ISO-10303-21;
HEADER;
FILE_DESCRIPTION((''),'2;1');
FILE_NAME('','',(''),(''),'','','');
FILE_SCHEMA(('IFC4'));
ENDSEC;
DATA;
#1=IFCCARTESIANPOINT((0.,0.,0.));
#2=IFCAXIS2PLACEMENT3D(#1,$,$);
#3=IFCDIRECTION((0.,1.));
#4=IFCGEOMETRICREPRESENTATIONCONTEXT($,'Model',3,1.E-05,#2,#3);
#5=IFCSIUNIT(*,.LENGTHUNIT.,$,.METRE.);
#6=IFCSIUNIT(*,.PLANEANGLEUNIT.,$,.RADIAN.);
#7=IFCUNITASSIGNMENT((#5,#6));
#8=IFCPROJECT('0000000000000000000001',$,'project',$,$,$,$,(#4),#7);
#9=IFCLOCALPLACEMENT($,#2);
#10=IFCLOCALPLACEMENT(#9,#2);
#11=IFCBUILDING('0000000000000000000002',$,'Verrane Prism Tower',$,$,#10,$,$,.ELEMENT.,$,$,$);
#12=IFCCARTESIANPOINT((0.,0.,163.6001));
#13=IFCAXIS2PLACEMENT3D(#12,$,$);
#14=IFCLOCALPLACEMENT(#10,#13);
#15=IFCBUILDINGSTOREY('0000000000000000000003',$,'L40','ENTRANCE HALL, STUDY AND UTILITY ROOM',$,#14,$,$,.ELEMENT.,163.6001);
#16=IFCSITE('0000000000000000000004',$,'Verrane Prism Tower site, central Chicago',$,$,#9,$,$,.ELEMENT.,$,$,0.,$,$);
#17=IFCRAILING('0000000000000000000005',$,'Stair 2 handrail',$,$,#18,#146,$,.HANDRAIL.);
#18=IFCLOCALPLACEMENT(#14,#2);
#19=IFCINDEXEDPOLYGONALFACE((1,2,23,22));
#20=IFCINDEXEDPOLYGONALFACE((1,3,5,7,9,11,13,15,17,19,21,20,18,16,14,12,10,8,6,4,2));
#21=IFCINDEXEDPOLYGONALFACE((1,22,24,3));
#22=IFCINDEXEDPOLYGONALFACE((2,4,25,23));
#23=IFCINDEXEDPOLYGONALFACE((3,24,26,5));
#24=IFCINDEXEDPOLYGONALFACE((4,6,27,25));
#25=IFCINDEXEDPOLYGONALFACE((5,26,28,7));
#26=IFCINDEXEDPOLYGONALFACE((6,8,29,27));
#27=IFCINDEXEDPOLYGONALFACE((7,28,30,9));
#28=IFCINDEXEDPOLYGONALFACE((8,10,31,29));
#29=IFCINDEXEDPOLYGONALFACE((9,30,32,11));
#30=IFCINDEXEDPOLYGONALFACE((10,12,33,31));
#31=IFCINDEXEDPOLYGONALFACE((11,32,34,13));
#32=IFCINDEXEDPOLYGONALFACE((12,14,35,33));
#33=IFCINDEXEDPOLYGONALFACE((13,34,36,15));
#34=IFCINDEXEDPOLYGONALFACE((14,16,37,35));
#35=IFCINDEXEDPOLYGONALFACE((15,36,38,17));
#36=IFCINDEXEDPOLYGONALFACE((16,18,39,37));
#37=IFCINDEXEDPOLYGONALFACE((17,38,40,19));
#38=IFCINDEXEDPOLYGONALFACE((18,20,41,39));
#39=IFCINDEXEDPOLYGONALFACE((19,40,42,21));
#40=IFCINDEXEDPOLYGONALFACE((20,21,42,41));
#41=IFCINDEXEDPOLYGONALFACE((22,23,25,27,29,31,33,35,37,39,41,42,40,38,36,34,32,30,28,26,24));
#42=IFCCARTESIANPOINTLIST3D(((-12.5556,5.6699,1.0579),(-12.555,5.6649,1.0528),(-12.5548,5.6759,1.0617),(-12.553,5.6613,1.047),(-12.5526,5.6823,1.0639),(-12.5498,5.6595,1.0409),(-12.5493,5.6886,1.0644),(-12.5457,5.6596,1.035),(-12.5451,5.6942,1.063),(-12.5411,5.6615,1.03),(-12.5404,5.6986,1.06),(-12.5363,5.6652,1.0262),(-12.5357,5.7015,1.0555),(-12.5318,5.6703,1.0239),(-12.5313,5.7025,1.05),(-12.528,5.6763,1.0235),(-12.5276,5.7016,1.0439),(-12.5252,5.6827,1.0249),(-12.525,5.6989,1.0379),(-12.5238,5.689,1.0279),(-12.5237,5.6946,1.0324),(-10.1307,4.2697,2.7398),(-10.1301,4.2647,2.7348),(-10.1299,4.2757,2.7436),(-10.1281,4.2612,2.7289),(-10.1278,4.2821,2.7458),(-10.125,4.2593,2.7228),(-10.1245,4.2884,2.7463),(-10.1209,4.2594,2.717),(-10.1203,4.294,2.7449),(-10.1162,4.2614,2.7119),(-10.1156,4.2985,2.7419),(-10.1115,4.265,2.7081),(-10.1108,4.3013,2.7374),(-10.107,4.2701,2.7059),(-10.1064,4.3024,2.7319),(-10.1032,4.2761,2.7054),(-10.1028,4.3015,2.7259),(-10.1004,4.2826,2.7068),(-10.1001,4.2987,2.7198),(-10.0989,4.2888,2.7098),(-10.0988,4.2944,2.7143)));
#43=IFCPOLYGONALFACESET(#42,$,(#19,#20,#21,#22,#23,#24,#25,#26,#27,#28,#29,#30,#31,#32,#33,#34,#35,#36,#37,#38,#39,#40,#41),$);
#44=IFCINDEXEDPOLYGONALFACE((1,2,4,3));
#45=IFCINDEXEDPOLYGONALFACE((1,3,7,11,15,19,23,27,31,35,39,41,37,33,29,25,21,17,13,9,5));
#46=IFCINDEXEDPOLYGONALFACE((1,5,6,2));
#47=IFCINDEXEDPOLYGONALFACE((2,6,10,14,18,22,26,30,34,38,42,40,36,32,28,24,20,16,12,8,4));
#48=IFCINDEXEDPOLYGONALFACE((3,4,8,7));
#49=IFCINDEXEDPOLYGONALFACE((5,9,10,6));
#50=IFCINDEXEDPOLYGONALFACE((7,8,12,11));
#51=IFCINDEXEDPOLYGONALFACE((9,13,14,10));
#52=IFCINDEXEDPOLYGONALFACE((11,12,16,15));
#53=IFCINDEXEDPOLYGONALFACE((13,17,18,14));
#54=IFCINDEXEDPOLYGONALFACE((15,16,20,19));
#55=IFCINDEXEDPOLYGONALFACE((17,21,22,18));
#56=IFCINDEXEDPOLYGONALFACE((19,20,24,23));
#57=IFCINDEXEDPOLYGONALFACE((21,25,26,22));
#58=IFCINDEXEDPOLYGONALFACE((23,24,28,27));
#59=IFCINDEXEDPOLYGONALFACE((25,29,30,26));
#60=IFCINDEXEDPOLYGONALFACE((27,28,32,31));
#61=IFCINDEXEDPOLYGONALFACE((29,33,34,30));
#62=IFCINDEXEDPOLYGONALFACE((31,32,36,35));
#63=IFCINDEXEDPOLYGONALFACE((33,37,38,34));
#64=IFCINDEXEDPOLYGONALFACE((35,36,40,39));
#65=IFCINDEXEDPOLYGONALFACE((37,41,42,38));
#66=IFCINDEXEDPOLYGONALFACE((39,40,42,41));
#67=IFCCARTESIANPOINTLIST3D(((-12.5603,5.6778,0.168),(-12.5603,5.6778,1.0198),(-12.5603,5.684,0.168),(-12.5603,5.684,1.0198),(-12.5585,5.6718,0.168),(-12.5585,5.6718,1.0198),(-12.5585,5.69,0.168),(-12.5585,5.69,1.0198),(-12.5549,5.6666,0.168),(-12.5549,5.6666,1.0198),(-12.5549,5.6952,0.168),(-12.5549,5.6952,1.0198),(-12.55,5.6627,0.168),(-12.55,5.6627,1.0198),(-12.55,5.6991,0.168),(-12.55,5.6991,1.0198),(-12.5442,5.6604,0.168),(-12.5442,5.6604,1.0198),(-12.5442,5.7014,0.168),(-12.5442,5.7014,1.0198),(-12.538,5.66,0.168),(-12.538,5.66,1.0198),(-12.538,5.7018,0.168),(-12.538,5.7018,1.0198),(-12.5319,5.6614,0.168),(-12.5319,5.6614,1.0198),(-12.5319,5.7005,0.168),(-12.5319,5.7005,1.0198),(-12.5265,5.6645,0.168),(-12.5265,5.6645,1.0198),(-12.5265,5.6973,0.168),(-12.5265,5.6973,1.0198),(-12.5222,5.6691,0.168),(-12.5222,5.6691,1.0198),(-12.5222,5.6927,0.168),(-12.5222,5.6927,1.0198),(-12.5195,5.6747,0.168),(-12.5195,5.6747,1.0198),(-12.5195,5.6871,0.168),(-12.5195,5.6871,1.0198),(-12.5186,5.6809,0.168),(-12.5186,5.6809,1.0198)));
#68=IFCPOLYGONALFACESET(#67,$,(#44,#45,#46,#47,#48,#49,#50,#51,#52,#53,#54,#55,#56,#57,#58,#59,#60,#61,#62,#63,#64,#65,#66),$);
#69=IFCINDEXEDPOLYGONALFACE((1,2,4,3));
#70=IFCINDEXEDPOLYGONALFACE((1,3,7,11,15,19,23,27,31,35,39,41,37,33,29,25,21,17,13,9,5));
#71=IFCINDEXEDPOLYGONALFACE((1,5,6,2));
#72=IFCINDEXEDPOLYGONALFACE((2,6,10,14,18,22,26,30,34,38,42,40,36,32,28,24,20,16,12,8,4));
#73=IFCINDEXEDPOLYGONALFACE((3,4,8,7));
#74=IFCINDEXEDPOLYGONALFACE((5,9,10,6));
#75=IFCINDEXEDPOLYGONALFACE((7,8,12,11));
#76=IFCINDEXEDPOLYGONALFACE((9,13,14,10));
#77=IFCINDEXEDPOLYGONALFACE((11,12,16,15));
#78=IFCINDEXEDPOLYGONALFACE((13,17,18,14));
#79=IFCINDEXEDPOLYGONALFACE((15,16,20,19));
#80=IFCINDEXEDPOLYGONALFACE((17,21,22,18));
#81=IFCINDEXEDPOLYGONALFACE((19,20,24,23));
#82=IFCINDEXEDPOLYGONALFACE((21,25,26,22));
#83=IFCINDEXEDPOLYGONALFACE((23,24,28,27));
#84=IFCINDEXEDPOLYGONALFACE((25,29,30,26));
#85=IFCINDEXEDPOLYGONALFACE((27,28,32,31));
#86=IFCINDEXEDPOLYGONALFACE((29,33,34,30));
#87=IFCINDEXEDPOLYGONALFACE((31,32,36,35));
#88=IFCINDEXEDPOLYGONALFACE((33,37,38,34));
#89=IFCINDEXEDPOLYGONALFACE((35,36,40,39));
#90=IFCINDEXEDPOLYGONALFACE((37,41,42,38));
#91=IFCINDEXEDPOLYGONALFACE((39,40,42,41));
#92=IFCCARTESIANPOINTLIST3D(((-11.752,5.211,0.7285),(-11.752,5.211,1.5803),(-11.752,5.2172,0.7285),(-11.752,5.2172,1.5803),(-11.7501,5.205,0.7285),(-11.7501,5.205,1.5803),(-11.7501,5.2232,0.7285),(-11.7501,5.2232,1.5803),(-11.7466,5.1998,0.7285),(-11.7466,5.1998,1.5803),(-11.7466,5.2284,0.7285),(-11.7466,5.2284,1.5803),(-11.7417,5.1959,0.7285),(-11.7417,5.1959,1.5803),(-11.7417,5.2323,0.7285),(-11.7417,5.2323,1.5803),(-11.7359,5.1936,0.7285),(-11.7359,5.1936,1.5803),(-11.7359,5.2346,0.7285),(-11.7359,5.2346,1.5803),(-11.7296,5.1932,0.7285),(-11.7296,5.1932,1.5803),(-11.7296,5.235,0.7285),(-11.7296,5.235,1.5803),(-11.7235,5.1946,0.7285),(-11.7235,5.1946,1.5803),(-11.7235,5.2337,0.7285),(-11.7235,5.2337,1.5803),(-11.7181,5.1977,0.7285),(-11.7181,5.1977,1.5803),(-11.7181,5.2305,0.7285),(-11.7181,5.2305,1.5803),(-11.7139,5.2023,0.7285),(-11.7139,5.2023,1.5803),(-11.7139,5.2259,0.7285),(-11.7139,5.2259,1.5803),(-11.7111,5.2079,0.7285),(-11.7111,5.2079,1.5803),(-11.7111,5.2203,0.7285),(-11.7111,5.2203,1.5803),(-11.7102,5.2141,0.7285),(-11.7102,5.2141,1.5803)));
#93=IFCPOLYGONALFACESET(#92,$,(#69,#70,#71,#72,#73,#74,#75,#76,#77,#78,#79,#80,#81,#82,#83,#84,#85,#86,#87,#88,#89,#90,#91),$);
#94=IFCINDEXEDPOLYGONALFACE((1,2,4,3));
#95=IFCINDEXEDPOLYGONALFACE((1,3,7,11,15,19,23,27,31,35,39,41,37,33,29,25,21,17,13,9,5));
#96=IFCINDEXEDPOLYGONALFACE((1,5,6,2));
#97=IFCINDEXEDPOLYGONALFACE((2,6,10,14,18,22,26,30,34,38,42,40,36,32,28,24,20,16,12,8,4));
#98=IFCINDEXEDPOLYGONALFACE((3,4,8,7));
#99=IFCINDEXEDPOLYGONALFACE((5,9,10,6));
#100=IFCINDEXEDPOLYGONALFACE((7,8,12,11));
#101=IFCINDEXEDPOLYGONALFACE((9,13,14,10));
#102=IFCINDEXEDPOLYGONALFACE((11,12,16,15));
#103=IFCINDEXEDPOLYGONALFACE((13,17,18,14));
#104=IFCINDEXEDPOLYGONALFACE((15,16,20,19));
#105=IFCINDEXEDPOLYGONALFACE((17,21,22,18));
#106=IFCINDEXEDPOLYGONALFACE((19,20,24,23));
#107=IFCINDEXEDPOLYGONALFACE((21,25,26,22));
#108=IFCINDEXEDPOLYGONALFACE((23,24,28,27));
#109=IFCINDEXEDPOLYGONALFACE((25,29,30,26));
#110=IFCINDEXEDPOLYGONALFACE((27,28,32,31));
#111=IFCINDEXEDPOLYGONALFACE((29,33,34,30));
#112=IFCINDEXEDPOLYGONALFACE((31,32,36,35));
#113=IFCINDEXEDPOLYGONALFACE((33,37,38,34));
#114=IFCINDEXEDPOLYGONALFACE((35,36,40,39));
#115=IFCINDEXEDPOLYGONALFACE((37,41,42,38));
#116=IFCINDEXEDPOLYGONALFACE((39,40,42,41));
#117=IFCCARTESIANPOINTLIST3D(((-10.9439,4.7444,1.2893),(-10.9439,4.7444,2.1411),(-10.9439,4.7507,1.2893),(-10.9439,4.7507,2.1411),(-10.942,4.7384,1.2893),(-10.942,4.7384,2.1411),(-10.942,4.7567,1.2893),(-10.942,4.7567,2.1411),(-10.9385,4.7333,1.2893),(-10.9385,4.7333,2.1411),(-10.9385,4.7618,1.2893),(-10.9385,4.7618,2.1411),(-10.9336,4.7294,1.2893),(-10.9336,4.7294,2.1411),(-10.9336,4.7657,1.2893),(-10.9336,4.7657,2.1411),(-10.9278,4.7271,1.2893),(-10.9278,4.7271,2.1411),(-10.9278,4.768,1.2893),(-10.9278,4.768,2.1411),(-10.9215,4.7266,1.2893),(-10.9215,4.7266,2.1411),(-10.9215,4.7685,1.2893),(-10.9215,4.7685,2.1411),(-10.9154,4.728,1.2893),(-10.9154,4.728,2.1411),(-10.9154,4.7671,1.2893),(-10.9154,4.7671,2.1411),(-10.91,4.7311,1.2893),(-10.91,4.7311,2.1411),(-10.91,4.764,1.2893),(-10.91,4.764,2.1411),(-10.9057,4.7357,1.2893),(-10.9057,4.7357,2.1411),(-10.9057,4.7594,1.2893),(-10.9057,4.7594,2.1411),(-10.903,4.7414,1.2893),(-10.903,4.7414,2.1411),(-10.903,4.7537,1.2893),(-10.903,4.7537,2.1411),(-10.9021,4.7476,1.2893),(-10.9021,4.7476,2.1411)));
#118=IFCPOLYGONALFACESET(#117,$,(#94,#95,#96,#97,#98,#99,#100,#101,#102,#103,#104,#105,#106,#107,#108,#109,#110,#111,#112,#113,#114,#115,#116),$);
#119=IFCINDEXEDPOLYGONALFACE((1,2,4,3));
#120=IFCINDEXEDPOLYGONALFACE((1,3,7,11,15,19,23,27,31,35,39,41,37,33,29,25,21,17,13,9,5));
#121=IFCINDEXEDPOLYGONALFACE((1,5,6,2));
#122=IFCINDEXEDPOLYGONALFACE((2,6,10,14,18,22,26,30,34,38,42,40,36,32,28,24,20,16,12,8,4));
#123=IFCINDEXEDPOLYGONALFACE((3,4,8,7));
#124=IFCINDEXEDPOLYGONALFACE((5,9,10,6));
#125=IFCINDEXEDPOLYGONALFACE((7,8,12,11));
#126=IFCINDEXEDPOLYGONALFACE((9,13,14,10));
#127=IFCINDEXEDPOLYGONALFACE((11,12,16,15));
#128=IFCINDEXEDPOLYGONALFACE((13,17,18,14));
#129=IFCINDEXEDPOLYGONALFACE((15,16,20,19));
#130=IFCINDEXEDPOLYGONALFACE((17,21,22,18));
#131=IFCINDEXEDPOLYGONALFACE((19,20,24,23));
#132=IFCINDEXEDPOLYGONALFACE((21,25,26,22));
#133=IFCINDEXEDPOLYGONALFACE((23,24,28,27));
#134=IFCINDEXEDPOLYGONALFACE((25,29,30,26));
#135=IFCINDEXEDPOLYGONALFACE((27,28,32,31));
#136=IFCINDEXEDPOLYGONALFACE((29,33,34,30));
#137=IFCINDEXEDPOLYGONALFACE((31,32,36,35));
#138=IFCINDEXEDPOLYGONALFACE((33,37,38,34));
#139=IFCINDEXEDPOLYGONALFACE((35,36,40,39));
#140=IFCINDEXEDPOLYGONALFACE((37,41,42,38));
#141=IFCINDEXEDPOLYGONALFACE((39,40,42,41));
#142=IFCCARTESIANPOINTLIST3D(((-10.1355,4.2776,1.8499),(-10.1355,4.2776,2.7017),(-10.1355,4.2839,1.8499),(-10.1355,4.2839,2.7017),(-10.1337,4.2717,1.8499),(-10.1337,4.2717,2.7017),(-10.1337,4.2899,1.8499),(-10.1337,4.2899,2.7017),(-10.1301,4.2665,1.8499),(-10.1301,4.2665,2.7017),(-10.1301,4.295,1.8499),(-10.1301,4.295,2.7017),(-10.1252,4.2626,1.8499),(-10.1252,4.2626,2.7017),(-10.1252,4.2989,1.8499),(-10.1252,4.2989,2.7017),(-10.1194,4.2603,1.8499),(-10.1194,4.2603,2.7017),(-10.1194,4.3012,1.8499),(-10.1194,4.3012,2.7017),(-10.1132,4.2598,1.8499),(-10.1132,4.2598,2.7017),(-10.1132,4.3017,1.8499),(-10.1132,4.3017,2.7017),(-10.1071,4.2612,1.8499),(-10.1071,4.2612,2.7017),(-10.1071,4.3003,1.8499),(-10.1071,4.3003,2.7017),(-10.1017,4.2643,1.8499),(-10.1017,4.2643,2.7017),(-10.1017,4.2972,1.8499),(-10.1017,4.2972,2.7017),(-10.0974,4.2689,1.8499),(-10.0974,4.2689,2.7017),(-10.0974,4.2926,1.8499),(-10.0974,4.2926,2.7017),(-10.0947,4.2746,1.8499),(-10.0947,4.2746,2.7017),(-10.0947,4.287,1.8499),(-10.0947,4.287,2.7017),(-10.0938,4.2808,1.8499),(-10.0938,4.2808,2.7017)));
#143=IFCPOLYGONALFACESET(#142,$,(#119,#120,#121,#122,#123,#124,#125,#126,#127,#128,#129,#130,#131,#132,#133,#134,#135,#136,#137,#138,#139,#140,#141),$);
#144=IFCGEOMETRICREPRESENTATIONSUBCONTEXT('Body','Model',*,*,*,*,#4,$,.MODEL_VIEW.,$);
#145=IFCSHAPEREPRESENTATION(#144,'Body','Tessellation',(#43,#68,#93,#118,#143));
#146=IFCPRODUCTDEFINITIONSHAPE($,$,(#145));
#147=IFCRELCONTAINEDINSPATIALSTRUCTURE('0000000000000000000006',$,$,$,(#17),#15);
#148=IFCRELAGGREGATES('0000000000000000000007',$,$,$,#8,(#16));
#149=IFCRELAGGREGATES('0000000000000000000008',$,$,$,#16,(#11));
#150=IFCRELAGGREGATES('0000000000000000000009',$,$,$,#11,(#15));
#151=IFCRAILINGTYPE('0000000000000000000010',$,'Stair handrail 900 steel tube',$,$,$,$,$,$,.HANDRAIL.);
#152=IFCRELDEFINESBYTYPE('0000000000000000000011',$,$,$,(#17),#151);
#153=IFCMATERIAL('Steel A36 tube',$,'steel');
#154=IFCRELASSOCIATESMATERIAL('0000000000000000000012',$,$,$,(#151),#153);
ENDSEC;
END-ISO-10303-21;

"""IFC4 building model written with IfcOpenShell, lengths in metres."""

from ifc_helpers import new_model, si_unit, direction, frame, origin, origin_2d, place, context, subcontext, project, spatial, circle, extrude, material, type_object, element, save


model = new_model("IFC4")

# Units and contexts
model_context = context("Model", 3, precision=1e-05, world=origin(), true_north=direction((0.0, 1.0)))
body_context = subcontext(model_context, "Body", "Model", "MODEL_VIEW")
ifc_project = project(units=[si_unit("LENGTHUNIT", "METRE"), si_unit("PLANEANGLEUNIT", "RADIAN")], contexts=[model_context])

# Site, building, storey
site_placement = place(None, origin())
site = spatial("IfcSite", under=ifc_project, at=site_placement, Name="Verrane Prism Tower site, central Chicago", CompositionType="ELEMENT", RefElevation=0.0)
building_placement = place(site_placement, origin())
building = spatial("IfcBuilding", under=site, at=building_placement, Name="Verrane Prism Tower", CompositionType="ELEMENT")
storey_placement = place(building_placement, frame((0.0, 0.0, 163.6001)))
storey = spatial("IfcBuildingStorey", under=building, at=storey_placement, Name="L40", Description="ENTRANCE HALL, STUDY AND UTILITY ROOM", CompositionType="ELEMENT", Elevation=163.6001)

# Railing
ifc_material_1 = material(Name="Steel A36 tube", Category="steel")
railing_type_1 = type_object("IfcRailingType", Name="Stair handrail 900 steel tube", PredefinedType="HANDRAIL", material=ifc_material_1)
railing_1_placement = place(storey_placement, frame((-12.5396, 5.6809, 0.168)))
element("IfcRailing", 1, at=railing_1_placement, inside=storey, type_object=railing_type_1, Name="Stair 2 handrail", PredefinedType="HANDRAIL", context=body_context, shape_type="SweptSolid", body=[
    extrude(circle(Radius=0.0239, at=origin_2d()), frame((0.0, 0.0, 0.876), z_axis=(0.742367, -0.428662, 0.514918), x_axis=(0.50005, 0.865997, 0.0)), (0.0, 0.0, 1.0), 3.2664),
    extrude(circle(Radius=0.021, at=origin_2d()), origin(), (0.0, 0.0, 1.0), 0.8518),
    extrude(circle(Radius=0.021, at=origin_2d()), frame((0.8083, -0.4668, 0.5605)), (0.0, 0.0, 1.0), 0.8518),
    extrude(circle(Radius=0.021, at=origin_2d()), frame((1.6165, -0.9333, 1.1213)), (0.0, 0.0, 1.0), 0.8518),
    extrude(circle(Radius=0.021, at=origin_2d()), frame((2.4248, -1.4001, 1.6819)), (0.0, 0.0, 1.0), 0.8518),
])

save(model, "model.ifc")
